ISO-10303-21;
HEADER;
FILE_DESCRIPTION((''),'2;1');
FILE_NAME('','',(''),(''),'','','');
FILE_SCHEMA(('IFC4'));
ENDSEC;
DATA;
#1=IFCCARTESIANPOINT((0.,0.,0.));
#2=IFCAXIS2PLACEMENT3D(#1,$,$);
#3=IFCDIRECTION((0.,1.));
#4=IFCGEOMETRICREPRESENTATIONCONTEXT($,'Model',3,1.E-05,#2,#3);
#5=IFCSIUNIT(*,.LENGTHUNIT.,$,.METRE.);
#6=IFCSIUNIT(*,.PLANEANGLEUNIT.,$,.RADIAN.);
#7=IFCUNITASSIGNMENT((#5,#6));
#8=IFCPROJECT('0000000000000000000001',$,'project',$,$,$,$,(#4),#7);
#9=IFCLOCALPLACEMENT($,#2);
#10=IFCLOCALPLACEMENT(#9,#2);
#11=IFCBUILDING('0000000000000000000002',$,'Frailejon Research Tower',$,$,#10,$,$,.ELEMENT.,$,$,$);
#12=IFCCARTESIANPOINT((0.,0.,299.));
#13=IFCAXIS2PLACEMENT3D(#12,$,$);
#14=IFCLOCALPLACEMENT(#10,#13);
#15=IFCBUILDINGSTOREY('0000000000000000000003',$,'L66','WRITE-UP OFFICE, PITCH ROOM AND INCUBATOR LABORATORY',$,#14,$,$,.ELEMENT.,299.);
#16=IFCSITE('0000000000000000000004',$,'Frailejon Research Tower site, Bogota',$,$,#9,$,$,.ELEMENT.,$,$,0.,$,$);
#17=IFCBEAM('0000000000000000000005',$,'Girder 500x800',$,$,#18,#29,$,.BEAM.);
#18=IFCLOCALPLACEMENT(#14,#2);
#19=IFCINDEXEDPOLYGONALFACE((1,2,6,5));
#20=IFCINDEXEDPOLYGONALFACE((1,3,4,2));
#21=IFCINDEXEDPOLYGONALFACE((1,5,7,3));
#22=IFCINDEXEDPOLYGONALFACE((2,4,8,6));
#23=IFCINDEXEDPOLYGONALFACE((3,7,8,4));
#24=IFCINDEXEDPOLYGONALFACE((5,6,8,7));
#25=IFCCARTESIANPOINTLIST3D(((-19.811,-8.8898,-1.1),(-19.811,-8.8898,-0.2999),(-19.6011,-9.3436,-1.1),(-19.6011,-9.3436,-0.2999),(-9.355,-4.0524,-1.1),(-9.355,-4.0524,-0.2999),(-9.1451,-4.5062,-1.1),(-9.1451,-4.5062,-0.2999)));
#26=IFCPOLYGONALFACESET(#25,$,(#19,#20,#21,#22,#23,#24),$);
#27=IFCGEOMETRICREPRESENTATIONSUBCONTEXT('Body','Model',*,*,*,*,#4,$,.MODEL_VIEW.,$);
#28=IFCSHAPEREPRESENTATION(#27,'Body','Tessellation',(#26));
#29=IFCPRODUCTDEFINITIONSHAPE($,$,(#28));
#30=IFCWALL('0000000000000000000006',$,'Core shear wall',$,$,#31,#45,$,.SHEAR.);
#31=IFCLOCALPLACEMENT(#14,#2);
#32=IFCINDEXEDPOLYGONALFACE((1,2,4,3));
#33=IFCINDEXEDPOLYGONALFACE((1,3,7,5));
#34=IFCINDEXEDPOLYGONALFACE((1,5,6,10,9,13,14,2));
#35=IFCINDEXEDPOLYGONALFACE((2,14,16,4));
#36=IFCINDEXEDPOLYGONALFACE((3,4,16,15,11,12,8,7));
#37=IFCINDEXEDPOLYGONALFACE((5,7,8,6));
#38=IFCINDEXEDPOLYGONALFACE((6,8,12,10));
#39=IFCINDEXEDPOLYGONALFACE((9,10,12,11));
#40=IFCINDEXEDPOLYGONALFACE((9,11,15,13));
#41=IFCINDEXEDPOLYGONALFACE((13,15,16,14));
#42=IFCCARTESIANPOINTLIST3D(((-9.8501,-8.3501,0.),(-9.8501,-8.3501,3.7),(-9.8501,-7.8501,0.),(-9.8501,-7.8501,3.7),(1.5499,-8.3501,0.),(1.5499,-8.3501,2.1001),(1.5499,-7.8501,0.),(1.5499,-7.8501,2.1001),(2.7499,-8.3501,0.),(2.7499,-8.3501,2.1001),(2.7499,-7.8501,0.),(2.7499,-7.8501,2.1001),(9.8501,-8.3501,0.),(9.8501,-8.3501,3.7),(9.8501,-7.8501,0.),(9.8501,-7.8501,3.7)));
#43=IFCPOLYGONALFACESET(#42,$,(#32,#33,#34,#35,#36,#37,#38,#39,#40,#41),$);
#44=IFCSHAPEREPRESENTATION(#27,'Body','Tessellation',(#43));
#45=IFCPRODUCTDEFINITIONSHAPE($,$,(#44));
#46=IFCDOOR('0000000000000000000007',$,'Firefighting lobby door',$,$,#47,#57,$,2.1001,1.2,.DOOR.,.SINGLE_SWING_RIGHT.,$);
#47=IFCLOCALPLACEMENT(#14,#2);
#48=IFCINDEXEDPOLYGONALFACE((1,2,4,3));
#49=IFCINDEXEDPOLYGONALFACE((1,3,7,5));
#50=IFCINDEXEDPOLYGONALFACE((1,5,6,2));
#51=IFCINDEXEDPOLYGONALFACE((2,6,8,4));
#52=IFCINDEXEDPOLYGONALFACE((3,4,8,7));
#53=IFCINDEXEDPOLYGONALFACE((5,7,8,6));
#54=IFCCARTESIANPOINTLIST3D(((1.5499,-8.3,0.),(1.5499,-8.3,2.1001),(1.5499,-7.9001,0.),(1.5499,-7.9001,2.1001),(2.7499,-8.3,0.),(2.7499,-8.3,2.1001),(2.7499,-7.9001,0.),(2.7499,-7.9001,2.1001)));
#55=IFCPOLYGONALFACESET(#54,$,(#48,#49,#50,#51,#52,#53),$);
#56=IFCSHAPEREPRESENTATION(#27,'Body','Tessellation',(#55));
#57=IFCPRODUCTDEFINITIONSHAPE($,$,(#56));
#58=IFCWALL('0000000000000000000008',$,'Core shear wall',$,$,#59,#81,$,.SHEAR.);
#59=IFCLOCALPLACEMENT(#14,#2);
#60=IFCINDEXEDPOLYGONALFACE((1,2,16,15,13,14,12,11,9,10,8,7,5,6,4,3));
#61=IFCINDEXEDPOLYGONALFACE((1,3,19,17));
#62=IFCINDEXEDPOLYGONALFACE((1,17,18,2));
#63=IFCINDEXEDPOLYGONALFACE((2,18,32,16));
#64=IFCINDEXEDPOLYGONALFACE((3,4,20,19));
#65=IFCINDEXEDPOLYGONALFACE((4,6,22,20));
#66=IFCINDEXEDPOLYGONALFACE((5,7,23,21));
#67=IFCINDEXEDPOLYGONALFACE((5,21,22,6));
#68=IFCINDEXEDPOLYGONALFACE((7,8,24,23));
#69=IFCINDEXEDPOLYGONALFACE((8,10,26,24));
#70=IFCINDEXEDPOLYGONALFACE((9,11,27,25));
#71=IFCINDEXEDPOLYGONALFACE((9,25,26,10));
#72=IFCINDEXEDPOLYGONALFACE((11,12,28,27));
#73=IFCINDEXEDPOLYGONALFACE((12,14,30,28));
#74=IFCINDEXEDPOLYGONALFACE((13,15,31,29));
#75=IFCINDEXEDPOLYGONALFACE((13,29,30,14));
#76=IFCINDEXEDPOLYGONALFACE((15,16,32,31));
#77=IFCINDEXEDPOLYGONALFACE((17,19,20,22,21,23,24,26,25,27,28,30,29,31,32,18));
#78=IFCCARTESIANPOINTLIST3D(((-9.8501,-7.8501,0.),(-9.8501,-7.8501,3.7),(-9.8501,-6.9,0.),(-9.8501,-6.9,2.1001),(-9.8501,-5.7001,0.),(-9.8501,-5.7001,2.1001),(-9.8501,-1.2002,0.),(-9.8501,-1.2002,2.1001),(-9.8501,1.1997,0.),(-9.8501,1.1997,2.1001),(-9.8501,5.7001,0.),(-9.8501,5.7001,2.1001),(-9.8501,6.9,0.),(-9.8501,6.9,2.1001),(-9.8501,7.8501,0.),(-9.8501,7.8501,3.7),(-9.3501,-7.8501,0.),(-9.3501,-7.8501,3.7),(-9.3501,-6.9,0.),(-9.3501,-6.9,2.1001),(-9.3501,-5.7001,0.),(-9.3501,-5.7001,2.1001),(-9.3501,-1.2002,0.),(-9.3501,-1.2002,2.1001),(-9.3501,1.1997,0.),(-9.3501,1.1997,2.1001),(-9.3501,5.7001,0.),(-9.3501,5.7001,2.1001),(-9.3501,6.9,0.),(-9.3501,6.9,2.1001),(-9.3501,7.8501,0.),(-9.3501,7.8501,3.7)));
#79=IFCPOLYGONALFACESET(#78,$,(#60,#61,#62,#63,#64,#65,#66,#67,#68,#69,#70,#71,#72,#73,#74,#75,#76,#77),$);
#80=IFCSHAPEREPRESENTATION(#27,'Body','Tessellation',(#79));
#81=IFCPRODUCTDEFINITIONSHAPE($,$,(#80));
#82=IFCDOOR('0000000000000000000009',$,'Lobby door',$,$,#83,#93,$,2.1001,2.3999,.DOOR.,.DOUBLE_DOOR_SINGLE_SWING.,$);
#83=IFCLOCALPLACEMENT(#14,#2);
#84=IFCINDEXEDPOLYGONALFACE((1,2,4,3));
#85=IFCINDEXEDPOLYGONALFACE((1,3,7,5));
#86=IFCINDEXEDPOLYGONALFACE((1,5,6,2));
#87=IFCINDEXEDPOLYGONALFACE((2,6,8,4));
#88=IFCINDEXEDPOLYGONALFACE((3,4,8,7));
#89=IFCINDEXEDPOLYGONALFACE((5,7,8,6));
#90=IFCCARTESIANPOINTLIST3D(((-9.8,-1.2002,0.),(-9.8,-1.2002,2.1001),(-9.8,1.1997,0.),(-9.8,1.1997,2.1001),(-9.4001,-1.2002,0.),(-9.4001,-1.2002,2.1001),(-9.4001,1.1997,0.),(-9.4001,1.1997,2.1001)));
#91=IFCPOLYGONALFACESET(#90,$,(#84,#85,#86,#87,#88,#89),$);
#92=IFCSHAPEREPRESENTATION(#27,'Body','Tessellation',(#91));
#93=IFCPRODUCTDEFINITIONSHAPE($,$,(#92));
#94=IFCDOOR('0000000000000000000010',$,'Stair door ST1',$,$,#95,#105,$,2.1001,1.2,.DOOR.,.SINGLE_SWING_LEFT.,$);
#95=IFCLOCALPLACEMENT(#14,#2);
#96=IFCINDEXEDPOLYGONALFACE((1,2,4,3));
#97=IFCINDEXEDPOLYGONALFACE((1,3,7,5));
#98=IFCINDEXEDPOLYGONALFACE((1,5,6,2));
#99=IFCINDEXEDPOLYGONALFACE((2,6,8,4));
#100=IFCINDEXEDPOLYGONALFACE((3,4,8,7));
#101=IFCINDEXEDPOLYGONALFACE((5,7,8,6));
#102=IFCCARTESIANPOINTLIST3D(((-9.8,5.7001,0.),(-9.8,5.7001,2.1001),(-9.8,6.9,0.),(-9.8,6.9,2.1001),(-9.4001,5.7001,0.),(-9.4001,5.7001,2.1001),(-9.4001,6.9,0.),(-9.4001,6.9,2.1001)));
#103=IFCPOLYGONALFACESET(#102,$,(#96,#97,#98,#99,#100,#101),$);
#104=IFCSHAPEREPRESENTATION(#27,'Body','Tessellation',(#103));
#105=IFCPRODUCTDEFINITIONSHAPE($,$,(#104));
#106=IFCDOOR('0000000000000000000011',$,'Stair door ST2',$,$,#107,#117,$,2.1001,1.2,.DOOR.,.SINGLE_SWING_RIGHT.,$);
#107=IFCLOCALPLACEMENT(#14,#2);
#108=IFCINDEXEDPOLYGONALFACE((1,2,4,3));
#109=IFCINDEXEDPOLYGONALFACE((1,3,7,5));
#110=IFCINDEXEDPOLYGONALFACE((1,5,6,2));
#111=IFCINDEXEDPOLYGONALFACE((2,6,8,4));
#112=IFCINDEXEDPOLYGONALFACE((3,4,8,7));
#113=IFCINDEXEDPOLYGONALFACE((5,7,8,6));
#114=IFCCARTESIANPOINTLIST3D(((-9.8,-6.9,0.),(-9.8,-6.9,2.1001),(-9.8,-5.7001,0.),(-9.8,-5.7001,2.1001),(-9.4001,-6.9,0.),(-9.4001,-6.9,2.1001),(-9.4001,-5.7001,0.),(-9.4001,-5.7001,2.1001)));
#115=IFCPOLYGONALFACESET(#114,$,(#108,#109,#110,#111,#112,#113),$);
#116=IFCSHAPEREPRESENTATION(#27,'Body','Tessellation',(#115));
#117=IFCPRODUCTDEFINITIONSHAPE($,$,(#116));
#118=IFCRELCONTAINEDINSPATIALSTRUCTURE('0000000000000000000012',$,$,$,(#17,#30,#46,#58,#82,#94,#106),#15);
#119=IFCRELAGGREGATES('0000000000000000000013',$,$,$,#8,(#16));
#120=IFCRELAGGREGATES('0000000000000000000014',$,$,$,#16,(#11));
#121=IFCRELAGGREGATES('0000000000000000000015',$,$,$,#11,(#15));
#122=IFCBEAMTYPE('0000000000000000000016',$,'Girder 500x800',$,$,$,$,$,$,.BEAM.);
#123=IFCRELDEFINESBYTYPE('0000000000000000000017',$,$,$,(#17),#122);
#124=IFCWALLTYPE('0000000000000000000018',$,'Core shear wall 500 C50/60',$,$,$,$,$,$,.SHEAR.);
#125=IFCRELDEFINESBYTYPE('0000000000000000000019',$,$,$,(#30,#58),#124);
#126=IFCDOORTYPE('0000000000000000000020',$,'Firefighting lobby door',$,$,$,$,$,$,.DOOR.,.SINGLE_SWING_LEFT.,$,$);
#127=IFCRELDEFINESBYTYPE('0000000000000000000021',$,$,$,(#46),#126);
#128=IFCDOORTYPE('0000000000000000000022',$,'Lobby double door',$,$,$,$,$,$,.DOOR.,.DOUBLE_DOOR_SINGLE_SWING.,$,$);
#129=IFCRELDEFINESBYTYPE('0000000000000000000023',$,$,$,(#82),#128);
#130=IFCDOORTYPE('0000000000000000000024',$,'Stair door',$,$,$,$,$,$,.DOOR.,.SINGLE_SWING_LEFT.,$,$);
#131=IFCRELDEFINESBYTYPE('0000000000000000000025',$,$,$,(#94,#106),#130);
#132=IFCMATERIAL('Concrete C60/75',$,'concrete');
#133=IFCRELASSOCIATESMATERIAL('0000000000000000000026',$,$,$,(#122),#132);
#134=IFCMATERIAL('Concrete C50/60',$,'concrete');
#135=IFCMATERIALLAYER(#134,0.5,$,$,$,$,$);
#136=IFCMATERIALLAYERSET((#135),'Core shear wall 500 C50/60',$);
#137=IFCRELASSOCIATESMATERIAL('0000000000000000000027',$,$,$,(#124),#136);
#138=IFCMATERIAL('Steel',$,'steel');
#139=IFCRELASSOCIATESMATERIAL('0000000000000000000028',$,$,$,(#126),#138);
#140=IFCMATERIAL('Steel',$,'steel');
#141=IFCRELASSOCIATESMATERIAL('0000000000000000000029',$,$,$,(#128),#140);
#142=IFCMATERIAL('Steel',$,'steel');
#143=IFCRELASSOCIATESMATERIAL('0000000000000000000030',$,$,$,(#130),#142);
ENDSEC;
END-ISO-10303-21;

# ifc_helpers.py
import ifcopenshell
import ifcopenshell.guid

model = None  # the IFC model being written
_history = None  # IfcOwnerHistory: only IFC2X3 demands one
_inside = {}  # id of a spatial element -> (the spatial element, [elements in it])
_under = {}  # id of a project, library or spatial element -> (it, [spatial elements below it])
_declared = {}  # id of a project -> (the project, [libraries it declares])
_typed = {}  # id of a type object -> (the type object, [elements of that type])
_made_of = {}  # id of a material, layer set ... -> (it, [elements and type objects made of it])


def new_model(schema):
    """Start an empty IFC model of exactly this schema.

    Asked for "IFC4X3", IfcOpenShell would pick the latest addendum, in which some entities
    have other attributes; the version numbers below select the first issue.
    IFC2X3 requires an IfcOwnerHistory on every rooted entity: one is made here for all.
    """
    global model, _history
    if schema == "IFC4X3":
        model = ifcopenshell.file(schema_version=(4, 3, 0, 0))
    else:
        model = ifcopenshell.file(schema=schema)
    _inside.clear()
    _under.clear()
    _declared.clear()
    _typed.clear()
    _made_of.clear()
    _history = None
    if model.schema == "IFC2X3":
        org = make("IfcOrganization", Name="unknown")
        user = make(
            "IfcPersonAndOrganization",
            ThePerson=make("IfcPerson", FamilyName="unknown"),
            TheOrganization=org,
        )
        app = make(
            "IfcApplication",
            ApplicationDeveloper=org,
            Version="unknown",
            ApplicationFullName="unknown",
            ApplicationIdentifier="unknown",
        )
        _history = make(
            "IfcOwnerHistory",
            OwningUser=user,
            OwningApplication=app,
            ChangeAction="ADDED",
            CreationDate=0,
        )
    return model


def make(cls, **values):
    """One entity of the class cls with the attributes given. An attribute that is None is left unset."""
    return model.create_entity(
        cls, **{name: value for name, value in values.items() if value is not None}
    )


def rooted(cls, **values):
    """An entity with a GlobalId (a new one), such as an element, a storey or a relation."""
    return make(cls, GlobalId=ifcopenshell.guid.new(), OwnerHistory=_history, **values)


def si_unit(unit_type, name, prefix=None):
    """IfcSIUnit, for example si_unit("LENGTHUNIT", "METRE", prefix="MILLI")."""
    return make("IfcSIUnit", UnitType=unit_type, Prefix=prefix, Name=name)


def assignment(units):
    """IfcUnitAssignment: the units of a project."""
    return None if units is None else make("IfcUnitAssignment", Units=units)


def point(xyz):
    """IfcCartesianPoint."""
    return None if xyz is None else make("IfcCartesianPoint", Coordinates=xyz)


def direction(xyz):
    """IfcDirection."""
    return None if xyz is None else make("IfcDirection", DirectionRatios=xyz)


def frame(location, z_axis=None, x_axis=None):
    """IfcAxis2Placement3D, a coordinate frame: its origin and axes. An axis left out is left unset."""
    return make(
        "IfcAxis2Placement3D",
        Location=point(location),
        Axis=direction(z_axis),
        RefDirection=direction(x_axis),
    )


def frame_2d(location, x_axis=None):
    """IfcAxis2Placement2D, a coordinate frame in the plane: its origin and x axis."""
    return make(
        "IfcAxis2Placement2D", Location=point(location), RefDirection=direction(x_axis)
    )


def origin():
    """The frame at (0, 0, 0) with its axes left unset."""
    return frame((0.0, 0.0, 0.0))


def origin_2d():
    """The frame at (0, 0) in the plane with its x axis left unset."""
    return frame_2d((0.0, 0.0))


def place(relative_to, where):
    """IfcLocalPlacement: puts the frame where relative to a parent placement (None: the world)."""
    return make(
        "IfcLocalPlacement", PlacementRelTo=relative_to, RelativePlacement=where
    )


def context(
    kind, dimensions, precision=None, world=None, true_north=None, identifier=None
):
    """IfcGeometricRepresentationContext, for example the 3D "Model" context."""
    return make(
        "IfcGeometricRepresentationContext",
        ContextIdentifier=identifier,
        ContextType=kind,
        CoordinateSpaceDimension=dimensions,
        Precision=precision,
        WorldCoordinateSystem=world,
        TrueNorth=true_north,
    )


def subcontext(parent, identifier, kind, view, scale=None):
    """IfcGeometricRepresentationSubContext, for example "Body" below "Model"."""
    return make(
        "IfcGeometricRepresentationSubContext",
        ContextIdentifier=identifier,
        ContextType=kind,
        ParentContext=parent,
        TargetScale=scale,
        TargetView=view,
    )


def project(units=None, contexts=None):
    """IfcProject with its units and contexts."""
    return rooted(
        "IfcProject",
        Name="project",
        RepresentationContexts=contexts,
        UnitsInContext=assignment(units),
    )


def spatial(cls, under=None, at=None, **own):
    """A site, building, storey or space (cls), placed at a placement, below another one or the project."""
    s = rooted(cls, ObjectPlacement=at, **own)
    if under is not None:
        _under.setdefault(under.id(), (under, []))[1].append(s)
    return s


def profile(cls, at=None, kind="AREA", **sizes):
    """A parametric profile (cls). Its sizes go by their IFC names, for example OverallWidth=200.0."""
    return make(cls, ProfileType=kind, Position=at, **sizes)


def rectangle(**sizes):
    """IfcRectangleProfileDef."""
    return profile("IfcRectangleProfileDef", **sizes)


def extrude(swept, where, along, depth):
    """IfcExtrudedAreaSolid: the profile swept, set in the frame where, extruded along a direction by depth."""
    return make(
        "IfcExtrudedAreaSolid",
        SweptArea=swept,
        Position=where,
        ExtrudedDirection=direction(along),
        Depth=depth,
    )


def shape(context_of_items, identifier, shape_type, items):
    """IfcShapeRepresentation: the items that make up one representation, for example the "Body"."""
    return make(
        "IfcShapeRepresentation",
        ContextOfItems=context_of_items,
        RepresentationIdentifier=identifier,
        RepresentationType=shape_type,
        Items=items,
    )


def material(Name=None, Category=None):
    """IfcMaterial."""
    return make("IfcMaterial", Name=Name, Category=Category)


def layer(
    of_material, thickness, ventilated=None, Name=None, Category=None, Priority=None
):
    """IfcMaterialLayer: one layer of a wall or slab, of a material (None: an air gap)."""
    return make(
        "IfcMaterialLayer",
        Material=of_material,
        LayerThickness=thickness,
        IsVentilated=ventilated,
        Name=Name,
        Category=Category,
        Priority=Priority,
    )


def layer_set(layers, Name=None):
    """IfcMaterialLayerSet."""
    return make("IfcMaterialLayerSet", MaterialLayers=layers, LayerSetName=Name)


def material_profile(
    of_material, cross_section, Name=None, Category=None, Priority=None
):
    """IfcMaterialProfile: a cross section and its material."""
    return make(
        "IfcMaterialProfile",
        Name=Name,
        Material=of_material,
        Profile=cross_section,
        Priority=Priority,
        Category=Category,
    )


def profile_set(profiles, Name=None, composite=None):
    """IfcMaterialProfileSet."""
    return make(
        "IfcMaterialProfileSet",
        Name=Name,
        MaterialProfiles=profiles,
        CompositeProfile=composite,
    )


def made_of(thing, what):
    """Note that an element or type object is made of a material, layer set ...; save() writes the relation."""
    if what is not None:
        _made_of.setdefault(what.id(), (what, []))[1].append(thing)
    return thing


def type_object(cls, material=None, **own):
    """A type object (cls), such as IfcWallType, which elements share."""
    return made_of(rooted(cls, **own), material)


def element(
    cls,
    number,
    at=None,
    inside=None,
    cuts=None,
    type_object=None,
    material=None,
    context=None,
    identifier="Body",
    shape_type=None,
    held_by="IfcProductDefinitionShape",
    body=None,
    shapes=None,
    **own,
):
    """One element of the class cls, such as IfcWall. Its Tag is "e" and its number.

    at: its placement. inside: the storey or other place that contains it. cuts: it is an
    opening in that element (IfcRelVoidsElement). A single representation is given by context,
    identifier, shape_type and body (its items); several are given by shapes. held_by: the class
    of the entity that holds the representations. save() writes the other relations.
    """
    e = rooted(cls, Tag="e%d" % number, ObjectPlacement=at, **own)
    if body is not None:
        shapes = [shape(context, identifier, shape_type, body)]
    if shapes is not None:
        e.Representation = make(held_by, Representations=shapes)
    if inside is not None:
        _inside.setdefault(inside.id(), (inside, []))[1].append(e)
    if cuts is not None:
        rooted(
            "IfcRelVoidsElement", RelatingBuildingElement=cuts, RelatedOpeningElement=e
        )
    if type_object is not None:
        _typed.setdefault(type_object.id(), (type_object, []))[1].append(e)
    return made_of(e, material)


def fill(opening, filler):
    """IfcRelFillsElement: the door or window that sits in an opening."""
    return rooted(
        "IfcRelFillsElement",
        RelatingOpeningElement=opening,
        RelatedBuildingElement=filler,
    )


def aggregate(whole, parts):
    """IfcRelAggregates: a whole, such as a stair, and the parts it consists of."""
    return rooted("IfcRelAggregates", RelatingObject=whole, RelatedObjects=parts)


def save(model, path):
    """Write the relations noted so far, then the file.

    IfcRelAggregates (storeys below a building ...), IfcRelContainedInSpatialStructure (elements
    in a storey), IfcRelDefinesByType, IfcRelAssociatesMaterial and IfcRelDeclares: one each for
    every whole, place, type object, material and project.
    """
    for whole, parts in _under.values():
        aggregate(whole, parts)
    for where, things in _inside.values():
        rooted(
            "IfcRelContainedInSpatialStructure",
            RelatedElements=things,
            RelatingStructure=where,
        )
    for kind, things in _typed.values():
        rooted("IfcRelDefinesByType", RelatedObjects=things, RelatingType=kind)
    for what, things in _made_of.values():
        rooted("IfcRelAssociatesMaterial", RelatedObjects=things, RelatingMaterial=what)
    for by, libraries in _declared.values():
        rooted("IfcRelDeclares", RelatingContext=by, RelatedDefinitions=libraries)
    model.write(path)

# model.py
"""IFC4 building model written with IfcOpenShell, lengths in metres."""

from ifc_helpers import new_model, si_unit, direction, frame, frame_2d, origin, origin_2d, place, context, subcontext, project, spatial, rectangle, extrude, material, layer, layer_set, material_profile, profile_set, type_object, element, fill, save


model = new_model("IFC4")

# Units and contexts
model_context = context("Model", 3, precision=1e-05, world=origin(), true_north=direction((0.0, 1.0)))
body_context = subcontext(model_context, "Body", "Model", "MODEL_VIEW")
ifc_project = project(units=[si_unit("LENGTHUNIT", "METRE"), si_unit("PLANEANGLEUNIT", "RADIAN")], contexts=[model_context])

# Site, building, storey
site_placement = place(None, origin())
site = spatial("IfcSite", under=ifc_project, at=site_placement, Name="Frailejon Research Tower site, Bogota", CompositionType="ELEMENT", RefElevation=0.0)
building_placement = place(site_placement, origin())
building = spatial("IfcBuilding", under=site, at=building_placement, Name="Frailejon Research Tower", CompositionType="ELEMENT")
storey_placement = place(building_placement, frame((0.0, 0.0, 299.0)))
storey = spatial("IfcBuildingStorey", under=building, at=storey_placement, Name="L66", Description="WRITE-UP OFFICE, PITCH ROOM AND INCUBATOR LABORATORY", CompositionType="ELEMENT", Elevation=299.0)

# Beam
ifc_material_1 = material(Name="Concrete C60/75", Category="concrete")
ifc_material_profile = material_profile(ifc_material_1, rectangle(XDim=0.5, YDim=0.8, at=origin_2d()), Name="Girder 500x800")
ifc_profile_set = profile_set([ifc_material_profile], Name="Concrete C60/75")
beam_type = type_object("IfcBeamType", Name="Girder 500x800", PredefinedType="BEAM", material=ifc_profile_set)
beam_placement = place(storey_placement, frame((-19.7061, -9.1167, -0.7), z_axis=(0.907578, 0.419883, 0.0), x_axis=(-0.419883, 0.907578, 0.0)))
element("IfcBeam", 1, at=beam_placement, inside=storey, type_object=beam_type, Name="Girder 500x800", PredefinedType="BEAM", context=body_context, shape_type="SweptSolid", body=[
    extrude(rectangle(XDim=0.5, YDim=0.8, at=origin_2d()), origin(), (0.0, 0.0, 1.0), 11.5208),
])

# Wall, opening, door
ifc_material_2 = material(Name="Concrete C50/60", Category="concrete")
ifc_layer_1 = layer(ifc_material_2, 0.5)
ifc_layer_set_1 = layer_set([ifc_layer_1], Name="Core shear wall 500 C50/60")
wall_type_1 = type_object("IfcWallType", Name="Core shear wall 500 C50/60", PredefinedType="SHEAR", material=ifc_layer_set_1)
wall_1_placement = place(storey_placement, frame((-9.8501, -8.1001, 0.0), z_axis=(0.0, 0.0, 1.0), x_axis=(1.0, 0.0, 0.0)))
wall_1 = element("IfcWall", 2, at=wall_1_placement, inside=storey, type_object=wall_type_1, Name="Core shear wall", PredefinedType="SHEAR", context=body_context, shape_type="SweptSolid", body=[
    extrude(rectangle(XDim=19.7002, YDim=0.5, at=frame_2d((9.8501, 0.0))), origin(), (0.0, 0.0, 1.0), 3.7),
])
opening_1_placement = place(wall_1_placement, frame((11.3999, 0.0, 0.0)))
opening_1 = element("IfcOpeningElement", 3, at=opening_1_placement, cuts=wall_1, PredefinedType="OPENING", context=body_context, shape_type="SweptSolid", body=[
    extrude(rectangle(XDim=1.2, YDim=2.1001, at=frame_2d((0.6001, 1.05))), frame((0.0, 0.26, 0.0), z_axis=(0.0, -1.0, 0.0), x_axis=(1.0, 0.0, 0.0)), (0.0, 0.0, 1.0), 0.52),
])
ifc_material_3 = material(Name="Steel", Category="steel")
door_type_1 = type_object("IfcDoorType", Name="Firefighting lobby door", OperationType="SINGLE_SWING_LEFT", PredefinedType="DOOR", material=ifc_material_3)
door_1_placement = place(opening_1_placement, origin())
door_1 = element("IfcDoor", 4, at=door_1_placement, inside=storey, type_object=door_type_1, Name="Firefighting lobby door", OperationType="SINGLE_SWING_RIGHT", OverallHeight=2.1001, OverallWidth=1.2, PredefinedType="DOOR", context=body_context, shape_type="SweptSolid", body=[
    extrude(rectangle(XDim=1.2, YDim=2.1001, at=frame_2d((0.6001, 1.05))), frame((0.0, 0.2, 0.0), z_axis=(0.0, -1.0, 0.0), x_axis=(1.0, 0.0, 0.0)), (0.0, 0.0, 1.0), 0.3999),
])
fill(opening_1, door_1)

# Wall, openings, doors
wall_2_placement = place(storey_placement, frame((-9.6001, -7.8501, 0.0), z_axis=(0.0, 0.0, 1.0), x_axis=(0.0, 1.0, 0.0)))
wall_2 = element("IfcWall", 5, at=wall_2_placement, inside=storey, type_object=wall_type_1, Name="Core shear wall", PredefinedType="SHEAR", context=body_context, shape_type="SweptSolid", body=[
    extrude(rectangle(XDim=15.7002, YDim=0.5, at=frame_2d((7.8501, 0.0))), origin(), (0.0, 0.0, 1.0), 3.7),
])
opening_2_placement = place(wall_2_placement, frame((6.6499, 0.0, 0.0)))
opening_2 = element("IfcOpeningElement", 6, at=opening_2_placement, cuts=wall_2, PredefinedType="OPENING", context=body_context, shape_type="SweptSolid", body=[
    extrude(rectangle(XDim=2.3999, YDim=2.1001, at=frame_2d((1.2, 1.05))), frame((0.0, 0.26, 0.0), z_axis=(0.0, -1.0, 0.0), x_axis=(1.0, 0.0, 0.0)), (0.0, 0.0, 1.0), 0.52),
])
opening_3_placement = place(wall_2_placement, frame((13.55, 0.0, 0.0)))
opening_3 = element("IfcOpeningElement", 7, at=opening_3_placement, cuts=wall_2, PredefinedType="OPENING", context=body_context, shape_type="SweptSolid", body=[
    extrude(rectangle(XDim=1.2, YDim=2.1001, at=frame_2d((0.6001, 1.05))), frame((0.0, 0.26, 0.0), z_axis=(0.0, -1.0, 0.0), x_axis=(1.0, 0.0, 0.0)), (0.0, 0.0, 1.0), 0.52),
])
opening_4_placement = place(wall_2_placement, frame((0.95, 0.0, 0.0)))
opening_4 = element("IfcOpeningElement", 8, at=opening_4_placement, cuts=wall_2, PredefinedType="OPENING", context=body_context, shape_type="SweptSolid", body=[
    extrude(rectangle(XDim=1.2, YDim=2.1001, at=frame_2d((0.6001, 1.05))), frame((0.0, 0.26, 0.0), z_axis=(0.0, -1.0, 0.0), x_axis=(1.0, 0.0, 0.0)), (0.0, 0.0, 1.0), 0.52),
])
ifc_material_4 = material(Name="Steel", Category="steel")
door_type_2 = type_object("IfcDoorType", Name="Lobby double door", OperationType="DOUBLE_DOOR_SINGLE_SWING", PredefinedType="DOOR", material=ifc_material_4)
door_2_placement = place(opening_2_placement, origin())
door_2 = element("IfcDoor", 9, at=door_2_placement, inside=storey, type_object=door_type_2, Name="Lobby door", OperationType="DOUBLE_DOOR_SINGLE_SWING", OverallHeight=2.1001, OverallWidth=2.3999, PredefinedType="DOOR", context=body_context, shape_type="SweptSolid", body=[
    extrude(rectangle(XDim=2.3999, YDim=2.1001, at=frame_2d((1.2, 1.05))), frame((0.0, 0.2, 0.0), z_axis=(0.0, -1.0, 0.0), x_axis=(1.0, 0.0, 0.0)), (0.0, 0.0, 1.0), 0.3999),
])
fill(opening_2, door_2)
ifc_material_5 = material(Name="Steel", Category="steel")
door_type_3 = type_object("IfcDoorType", Name="Stair door", OperationType="SINGLE_SWING_LEFT", PredefinedType="DOOR", material=ifc_material_5)
door_3_placement = place(opening_3_placement, origin())
door_3 = element("IfcDoor", 10, at=door_3_placement, inside=storey, type_object=door_type_3, Name="Stair door ST1", OperationType="SINGLE_SWING_LEFT", OverallHeight=2.1001, OverallWidth=1.2, PredefinedType="DOOR", context=body_context, shape_type="SweptSolid", body=[
    extrude(rectangle(XDim=1.2, YDim=2.1001, at=frame_2d((0.6001, 1.05))), frame((0.0, 0.2, 0.0), z_axis=(0.0, -1.0, 0.0), x_axis=(1.0, 0.0, 0.0)), (0.0, 0.0, 1.0), 0.3999),
])
fill(opening_3, door_3)
door_4_placement = place(opening_4_placement, origin())
door_4 = element("IfcDoor", 11, at=door_4_placement, inside=storey, type_object=door_type_3, Name="Stair door ST2", OperationType="SINGLE_SWING_RIGHT", OverallHeight=2.1001, OverallWidth=1.2, PredefinedType="DOOR", context=body_context, shape_type="SweptSolid", body=[
    extrude(rectangle(XDim=1.2, YDim=2.1001, at=frame_2d((0.6001, 1.05))), frame((0.0, 0.2, 0.0), z_axis=(0.0, -1.0, 0.0), x_axis=(1.0, 0.0, 0.0)), (0.0, 0.0, 1.0), 0.3999),
])
fill(opening_4, door_4)

save(model, "model.ifc")
